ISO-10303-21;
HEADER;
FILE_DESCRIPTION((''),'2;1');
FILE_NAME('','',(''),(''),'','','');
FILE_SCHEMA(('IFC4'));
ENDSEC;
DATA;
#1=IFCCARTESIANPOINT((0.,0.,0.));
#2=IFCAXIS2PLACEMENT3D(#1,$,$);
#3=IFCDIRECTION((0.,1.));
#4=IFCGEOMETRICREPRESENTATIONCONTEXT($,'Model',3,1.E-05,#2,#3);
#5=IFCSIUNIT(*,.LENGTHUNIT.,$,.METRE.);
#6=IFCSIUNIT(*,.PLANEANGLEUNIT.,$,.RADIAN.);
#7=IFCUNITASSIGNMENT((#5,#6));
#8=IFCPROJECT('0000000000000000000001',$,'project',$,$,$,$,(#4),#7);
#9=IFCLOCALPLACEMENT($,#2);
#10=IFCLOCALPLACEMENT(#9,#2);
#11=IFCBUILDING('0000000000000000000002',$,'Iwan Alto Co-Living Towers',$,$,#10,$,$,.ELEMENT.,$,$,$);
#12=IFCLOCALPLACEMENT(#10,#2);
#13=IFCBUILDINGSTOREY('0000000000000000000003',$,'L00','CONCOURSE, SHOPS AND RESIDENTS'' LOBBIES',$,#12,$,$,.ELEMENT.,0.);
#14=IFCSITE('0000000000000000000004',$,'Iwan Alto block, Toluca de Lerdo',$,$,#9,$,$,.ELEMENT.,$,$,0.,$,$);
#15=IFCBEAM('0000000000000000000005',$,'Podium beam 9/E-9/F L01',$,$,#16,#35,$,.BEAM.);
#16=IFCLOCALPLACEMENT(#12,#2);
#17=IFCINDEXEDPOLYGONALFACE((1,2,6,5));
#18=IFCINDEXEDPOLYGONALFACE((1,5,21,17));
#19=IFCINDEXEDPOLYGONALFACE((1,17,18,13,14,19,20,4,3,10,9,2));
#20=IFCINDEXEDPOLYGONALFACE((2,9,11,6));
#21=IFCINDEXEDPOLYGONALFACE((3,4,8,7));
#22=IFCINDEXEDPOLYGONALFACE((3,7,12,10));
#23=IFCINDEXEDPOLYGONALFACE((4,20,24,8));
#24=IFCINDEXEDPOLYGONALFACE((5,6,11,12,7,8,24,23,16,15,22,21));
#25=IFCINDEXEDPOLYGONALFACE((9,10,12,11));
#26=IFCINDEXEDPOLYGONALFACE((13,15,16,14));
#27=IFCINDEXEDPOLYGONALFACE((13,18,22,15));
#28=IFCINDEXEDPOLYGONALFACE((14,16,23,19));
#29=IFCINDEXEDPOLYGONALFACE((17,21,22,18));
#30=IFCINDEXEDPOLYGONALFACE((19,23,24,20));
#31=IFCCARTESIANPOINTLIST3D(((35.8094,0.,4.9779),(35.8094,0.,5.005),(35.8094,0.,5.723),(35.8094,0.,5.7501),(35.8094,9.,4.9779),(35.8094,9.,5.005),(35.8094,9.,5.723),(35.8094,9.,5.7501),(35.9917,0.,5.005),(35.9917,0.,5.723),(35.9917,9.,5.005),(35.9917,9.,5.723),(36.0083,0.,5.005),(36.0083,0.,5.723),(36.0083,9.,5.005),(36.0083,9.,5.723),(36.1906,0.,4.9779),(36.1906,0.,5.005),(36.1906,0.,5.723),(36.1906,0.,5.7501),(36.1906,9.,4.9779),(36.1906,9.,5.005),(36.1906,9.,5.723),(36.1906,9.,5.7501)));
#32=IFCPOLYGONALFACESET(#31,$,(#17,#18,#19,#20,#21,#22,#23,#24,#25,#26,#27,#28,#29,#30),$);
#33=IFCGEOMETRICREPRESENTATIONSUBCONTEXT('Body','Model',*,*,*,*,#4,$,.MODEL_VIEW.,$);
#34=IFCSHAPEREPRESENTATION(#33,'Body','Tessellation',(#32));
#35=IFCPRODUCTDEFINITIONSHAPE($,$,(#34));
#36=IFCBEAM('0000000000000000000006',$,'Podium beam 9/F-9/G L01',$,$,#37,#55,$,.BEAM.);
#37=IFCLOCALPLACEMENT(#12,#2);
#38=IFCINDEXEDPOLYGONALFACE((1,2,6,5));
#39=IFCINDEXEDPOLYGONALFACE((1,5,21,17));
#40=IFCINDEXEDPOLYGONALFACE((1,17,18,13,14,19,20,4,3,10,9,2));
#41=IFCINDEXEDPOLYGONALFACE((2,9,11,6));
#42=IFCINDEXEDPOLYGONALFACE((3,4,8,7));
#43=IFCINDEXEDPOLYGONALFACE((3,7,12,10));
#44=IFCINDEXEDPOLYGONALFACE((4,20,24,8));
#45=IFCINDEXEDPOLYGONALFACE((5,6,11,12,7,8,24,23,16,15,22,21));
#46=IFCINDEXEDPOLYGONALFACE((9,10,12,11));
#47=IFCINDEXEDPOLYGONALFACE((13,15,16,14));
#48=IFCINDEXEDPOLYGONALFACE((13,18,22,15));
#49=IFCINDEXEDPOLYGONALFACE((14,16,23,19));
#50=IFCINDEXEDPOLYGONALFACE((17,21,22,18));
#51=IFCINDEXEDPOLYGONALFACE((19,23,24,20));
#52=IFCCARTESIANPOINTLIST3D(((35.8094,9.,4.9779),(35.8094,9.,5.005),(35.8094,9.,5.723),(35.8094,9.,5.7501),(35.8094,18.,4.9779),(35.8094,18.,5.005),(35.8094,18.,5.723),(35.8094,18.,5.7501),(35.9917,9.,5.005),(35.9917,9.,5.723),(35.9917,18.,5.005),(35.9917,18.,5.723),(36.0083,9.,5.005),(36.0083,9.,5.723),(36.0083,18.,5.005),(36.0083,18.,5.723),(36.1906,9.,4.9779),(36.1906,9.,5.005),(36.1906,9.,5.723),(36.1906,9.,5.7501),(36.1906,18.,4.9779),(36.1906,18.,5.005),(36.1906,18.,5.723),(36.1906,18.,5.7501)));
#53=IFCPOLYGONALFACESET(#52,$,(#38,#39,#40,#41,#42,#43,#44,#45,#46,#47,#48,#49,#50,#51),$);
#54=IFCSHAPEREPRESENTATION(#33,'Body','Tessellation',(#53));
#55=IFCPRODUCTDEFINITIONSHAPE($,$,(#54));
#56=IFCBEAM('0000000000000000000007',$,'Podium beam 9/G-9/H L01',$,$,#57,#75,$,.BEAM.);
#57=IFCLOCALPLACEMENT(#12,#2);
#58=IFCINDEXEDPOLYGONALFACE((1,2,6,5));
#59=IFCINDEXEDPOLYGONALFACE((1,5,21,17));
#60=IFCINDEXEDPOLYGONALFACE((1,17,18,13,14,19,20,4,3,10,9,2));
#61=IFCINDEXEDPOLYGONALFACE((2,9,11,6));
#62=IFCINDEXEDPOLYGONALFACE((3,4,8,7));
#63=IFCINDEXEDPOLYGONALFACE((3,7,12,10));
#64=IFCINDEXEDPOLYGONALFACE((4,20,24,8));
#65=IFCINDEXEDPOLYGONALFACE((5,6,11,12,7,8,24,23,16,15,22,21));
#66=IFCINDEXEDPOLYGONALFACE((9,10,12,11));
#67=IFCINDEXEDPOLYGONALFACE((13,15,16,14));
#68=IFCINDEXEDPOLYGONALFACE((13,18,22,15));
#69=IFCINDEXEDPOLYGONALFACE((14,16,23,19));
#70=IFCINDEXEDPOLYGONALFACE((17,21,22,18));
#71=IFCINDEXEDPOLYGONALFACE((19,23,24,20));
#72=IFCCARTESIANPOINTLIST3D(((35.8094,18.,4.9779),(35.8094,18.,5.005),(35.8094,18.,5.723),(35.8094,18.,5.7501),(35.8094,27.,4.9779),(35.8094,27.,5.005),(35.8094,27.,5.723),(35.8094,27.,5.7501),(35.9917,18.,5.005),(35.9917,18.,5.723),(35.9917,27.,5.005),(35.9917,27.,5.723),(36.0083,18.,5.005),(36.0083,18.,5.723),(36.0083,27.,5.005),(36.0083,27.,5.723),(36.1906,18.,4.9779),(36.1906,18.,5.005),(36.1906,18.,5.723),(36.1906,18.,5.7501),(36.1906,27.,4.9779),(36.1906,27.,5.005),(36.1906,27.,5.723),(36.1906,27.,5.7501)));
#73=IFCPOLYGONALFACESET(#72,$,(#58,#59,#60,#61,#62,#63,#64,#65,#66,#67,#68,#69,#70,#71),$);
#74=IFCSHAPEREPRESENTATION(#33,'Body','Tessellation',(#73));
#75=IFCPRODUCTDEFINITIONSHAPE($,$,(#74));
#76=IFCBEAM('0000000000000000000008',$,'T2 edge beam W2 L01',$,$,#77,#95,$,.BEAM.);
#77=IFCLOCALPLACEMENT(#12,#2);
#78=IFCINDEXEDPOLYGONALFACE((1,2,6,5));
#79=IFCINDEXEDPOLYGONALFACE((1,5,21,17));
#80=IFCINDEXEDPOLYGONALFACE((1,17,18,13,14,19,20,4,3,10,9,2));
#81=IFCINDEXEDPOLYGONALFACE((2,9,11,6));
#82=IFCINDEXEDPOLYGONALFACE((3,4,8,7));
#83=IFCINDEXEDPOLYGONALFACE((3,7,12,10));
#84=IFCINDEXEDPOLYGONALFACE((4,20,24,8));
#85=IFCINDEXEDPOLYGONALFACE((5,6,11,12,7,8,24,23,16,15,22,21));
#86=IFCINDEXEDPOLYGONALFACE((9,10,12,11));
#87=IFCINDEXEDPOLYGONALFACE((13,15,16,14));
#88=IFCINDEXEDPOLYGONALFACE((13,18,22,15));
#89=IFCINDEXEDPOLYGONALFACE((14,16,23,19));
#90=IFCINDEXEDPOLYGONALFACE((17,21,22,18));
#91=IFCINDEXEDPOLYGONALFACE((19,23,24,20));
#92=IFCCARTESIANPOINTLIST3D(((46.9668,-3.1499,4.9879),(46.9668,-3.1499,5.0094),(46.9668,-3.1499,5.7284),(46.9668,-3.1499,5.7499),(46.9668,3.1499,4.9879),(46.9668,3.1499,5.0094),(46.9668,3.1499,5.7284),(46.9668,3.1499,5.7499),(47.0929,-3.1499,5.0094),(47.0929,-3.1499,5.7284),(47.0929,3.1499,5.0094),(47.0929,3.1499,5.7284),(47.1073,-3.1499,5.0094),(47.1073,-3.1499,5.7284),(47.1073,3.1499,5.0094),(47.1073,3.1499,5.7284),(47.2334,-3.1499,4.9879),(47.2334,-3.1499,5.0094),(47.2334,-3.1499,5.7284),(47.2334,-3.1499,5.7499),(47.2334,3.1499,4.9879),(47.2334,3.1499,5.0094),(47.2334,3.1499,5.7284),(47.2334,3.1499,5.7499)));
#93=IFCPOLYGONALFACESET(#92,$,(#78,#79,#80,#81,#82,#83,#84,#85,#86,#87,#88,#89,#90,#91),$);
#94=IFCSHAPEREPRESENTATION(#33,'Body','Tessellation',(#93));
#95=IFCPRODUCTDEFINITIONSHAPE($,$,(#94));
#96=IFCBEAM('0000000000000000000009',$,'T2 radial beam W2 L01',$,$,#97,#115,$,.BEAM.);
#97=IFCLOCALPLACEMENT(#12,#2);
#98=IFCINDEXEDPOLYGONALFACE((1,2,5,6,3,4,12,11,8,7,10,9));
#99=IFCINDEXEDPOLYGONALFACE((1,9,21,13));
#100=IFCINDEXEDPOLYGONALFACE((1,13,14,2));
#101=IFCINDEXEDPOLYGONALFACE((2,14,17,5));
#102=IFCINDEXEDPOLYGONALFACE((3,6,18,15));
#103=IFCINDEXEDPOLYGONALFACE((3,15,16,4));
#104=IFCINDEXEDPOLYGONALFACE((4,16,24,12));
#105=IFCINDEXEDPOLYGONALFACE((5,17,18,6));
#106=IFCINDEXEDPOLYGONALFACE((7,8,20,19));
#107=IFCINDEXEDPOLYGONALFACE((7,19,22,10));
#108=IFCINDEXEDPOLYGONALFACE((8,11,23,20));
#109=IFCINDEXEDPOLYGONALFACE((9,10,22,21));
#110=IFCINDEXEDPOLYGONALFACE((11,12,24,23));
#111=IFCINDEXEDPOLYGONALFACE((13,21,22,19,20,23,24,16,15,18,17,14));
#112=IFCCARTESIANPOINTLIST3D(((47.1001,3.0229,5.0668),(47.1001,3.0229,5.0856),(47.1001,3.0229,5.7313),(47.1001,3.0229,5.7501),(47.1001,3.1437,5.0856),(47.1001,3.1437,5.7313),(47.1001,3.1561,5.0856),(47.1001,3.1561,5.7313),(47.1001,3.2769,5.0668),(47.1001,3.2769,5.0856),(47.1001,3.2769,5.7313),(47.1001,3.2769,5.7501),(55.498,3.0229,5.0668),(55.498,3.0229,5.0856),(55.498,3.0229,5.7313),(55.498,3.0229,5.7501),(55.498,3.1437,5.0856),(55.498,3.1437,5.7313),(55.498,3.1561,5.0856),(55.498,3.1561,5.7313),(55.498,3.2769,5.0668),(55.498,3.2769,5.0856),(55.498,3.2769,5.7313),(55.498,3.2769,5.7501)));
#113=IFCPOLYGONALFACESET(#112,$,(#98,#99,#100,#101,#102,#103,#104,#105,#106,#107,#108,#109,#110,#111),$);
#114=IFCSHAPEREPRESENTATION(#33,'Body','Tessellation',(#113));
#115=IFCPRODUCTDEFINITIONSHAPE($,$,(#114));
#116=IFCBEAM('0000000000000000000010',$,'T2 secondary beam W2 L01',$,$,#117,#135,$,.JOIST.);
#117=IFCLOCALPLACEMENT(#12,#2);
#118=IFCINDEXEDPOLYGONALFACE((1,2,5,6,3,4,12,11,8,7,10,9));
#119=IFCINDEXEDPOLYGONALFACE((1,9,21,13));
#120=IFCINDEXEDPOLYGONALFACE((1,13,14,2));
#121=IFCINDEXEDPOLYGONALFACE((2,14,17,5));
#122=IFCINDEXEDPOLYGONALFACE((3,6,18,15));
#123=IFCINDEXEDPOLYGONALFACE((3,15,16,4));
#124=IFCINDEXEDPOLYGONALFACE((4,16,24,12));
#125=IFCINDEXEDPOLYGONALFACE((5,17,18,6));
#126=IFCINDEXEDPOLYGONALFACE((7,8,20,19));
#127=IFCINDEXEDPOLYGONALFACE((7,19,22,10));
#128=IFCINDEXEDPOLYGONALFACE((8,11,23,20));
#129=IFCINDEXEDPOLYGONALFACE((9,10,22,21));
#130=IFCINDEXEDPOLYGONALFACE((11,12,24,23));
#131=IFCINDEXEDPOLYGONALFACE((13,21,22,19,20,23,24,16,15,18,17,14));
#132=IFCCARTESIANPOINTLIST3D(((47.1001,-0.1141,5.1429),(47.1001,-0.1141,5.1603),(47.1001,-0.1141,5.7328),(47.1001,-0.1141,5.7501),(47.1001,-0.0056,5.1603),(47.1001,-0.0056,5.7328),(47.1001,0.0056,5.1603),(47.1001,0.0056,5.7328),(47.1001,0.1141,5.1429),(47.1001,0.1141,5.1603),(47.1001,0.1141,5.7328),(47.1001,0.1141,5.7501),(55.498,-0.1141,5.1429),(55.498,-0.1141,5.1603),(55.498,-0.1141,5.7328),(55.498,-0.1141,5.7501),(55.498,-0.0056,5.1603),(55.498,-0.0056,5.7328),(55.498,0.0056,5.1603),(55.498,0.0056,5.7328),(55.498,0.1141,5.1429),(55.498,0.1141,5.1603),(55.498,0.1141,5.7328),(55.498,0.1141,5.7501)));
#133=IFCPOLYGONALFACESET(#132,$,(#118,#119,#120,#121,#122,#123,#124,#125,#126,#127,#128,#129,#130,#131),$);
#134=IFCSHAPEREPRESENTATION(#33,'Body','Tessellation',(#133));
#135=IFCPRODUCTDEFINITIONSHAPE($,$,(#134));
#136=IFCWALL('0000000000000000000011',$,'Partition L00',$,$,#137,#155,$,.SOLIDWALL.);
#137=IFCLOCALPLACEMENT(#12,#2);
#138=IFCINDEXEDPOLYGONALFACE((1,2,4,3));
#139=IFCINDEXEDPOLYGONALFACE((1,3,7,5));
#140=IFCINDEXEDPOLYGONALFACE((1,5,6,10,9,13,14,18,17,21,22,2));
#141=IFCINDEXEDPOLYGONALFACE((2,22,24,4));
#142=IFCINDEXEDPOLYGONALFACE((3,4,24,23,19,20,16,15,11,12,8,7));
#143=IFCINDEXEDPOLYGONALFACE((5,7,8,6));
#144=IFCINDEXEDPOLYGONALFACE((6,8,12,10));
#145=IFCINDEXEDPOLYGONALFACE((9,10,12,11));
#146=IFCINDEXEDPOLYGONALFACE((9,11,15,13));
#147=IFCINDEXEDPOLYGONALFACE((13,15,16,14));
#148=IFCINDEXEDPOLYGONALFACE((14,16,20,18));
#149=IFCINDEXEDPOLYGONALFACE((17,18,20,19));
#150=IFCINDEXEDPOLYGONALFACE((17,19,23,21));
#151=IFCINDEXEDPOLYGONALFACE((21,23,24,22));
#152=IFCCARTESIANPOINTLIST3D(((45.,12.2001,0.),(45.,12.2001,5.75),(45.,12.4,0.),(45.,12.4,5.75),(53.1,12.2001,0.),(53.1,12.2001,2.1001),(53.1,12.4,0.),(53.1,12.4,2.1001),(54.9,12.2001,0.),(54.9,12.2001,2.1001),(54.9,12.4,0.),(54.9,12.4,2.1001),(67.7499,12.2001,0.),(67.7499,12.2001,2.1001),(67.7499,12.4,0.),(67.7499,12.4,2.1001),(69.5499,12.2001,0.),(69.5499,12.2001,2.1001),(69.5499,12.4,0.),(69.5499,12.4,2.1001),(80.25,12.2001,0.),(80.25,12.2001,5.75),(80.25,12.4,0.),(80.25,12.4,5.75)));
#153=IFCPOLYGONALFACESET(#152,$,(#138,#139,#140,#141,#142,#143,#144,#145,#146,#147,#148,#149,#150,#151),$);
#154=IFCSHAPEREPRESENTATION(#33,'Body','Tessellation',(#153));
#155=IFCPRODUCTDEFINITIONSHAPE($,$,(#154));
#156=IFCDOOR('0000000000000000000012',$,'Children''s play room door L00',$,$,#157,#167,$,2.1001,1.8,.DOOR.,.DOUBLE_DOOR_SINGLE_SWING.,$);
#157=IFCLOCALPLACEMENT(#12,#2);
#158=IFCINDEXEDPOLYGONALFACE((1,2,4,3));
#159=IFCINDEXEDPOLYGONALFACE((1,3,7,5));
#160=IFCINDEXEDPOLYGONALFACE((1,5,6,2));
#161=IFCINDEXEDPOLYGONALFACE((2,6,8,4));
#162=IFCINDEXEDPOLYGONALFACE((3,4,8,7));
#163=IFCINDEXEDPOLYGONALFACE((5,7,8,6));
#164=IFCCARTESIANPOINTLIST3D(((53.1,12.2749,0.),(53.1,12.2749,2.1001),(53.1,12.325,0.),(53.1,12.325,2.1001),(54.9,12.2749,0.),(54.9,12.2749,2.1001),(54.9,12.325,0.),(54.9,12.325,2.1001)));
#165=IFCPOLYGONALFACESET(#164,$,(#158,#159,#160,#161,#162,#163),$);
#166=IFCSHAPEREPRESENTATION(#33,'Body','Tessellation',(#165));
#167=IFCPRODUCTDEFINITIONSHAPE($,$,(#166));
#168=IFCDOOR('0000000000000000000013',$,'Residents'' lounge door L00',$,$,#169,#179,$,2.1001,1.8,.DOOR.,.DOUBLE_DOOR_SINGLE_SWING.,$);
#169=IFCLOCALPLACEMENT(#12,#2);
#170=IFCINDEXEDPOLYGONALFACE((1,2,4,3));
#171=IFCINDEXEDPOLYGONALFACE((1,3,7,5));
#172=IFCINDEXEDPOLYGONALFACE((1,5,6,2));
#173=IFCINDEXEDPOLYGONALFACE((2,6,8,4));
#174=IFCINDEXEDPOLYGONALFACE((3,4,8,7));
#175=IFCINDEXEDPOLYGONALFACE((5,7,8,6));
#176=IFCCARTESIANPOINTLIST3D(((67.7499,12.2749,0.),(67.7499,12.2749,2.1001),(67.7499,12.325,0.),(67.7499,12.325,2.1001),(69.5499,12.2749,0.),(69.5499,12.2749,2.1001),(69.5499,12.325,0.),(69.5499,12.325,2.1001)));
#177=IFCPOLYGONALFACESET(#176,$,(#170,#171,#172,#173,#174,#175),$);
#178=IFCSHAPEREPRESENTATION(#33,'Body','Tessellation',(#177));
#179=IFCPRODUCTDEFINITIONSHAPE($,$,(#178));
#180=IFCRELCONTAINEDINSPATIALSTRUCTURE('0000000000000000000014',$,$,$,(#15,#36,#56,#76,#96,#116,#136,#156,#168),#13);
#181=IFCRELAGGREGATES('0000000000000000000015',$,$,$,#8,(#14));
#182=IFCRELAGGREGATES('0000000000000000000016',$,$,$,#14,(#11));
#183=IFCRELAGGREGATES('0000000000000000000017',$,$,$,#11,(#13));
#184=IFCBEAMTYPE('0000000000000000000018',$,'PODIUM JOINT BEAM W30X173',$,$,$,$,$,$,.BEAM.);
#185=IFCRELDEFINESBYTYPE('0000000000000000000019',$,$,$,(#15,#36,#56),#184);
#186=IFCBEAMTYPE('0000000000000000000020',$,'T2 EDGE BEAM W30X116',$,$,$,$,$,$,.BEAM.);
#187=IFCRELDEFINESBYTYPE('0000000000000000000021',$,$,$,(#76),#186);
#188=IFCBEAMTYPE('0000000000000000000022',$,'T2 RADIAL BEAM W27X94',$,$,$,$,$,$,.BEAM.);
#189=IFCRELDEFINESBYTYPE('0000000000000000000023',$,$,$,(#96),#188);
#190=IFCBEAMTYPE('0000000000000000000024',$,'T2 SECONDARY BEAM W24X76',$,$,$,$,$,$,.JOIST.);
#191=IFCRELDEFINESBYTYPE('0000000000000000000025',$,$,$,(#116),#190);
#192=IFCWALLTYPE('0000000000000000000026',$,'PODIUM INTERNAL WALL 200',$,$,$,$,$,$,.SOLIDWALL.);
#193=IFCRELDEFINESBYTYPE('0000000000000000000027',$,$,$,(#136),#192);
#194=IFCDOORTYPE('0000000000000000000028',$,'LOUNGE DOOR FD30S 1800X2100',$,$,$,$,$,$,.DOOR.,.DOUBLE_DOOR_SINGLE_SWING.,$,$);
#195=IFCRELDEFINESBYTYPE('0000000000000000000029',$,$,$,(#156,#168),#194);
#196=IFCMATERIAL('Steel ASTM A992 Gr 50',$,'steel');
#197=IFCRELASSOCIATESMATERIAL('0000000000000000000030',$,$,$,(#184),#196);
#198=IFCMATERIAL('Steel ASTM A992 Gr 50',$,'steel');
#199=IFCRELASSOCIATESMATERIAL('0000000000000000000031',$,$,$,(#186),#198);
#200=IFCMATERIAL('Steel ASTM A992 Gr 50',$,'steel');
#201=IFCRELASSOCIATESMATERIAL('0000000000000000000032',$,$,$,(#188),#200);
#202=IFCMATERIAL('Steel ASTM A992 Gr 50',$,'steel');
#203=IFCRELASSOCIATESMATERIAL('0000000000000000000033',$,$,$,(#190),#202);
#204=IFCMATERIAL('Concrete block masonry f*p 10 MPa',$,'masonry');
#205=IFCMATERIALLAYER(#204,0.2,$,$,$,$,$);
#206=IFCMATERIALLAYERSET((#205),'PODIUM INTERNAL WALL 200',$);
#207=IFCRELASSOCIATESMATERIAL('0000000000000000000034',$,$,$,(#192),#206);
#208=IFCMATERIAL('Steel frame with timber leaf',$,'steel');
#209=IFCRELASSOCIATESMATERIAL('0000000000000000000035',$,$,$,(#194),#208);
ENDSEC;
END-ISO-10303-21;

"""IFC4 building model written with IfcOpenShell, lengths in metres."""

from ifc_helpers import new_model, si_unit, direction, frame, frame_2d, origin, origin_2d, place, context, subcontext, project, spatial, rectangle, i_section, extrude, material, layer, layer_set, material_profile, profile_set, type_object, element, fill, save


model = new_model("IFC4")

# Units and contexts
model_context = context("Model", 3, precision=1e-05, world=origin(), true_north=direction((0.0, 1.0)))
body_context = subcontext(model_context, "Body", "Model", "MODEL_VIEW")
ifc_project = project(units=[si_unit("LENGTHUNIT", "METRE"), si_unit("PLANEANGLEUNIT", "RADIAN")], contexts=[model_context])

# Site, building, storey
site_placement = place(None, origin())
site = spatial("IfcSite", under=ifc_project, at=site_placement, Name="Iwan Alto block, Toluca de Lerdo", CompositionType="ELEMENT", RefElevation=0.0)
building_placement = place(site_placement, origin())
building = spatial("IfcBuilding", under=site, at=building_placement, Name="Iwan Alto Co-Living Towers", CompositionType="ELEMENT")
storey_placement = place(building_placement, origin())
storey = spatial("IfcBuildingStorey", under=building, at=storey_placement, Name="L00", Description="CONCOURSE, SHOPS AND RESIDENTS' LOBBIES", CompositionType="ELEMENT", Elevation=0.0)

# Beams
ifc_material_1 = material(Name="Steel ASTM A992 Gr 50", Category="steel")
ifc_material_profile_1 = material_profile(ifc_material_1, i_section(OverallWidth=0.3811, OverallDepth=0.7722, WebThickness=0.0166, FlangeThickness=0.0271, at=origin_2d()), Name="W30X173")
ifc_profile_set_1 = profile_set([ifc_material_profile_1], Name="Steel ASTM A992 Gr 50")
beam_type_1 = type_object("IfcBeamType", Name="PODIUM JOINT BEAM W30X173", PredefinedType="BEAM", material=ifc_profile_set_1)
for number, where, z_axis, x_axis, name in (
    (1, (36.0, 0.0, 5.364), (0.0, 1.0, 0.0), (-1.0, 0.0, 0.0), "Podium beam 9/E-9/F L01"),
    (2, (36.0, 9.0, 5.364), (0.0, 1.0, 0.0), (-1.0, 0.0, 0.0), "Podium beam 9/F-9/G L01"),
    (3, (36.0, 18.0, 5.364), (0.0, 1.0, 0.0), (-1.0, 0.0, 0.0), "Podium beam 9/G-9/H L01"),
):
    element("IfcBeam", number, at=place(storey_placement, frame(where, z_axis=z_axis, x_axis=x_axis)), inside=storey, type_object=beam_type_1, Name=name, PredefinedType="BEAM", context=body_context, shape_type="SweptSolid", body=[
        extrude(i_section(OverallWidth=0.3811, OverallDepth=0.7722, WebThickness=0.0166, FlangeThickness=0.0271, at=origin_2d()), origin(), (0.0, 0.0, 1.0), 9.0),
    ])
ifc_material_2 = material(Name="Steel ASTM A992 Gr 50", Category="steel")
ifc_material_profile_2 = material_profile(ifc_material_2, i_section(OverallWidth=0.2666, OverallDepth=0.762, WebThickness=0.0144, FlangeThickness=0.0215, at=origin_2d()), Name="W30X116")
ifc_profile_set_2 = profile_set([ifc_material_profile_2], Name="Steel ASTM A992 Gr 50")
beam_type_2 = type_object("IfcBeamType", Name="T2 EDGE BEAM W30X116", PredefinedType="BEAM", material=ifc_profile_set_2)
beam_1_placement = place(storey_placement, frame((47.1001, 3.1499, 5.3689), z_axis=(0.0, -1.0, 0.0), x_axis=(1.0, 0.0, 0.0)))
element("IfcBeam", 4, at=beam_1_placement, inside=storey, type_object=beam_type_2, Name="T2 edge beam W2 L01", PredefinedType="BEAM", context=body_context, shape_type="SweptSolid", body=[
    extrude(i_section(OverallWidth=0.2666, OverallDepth=0.762, WebThickness=0.0144, FlangeThickness=0.0215, at=origin_2d()), origin(), (0.0, 0.0, 1.0), 6.2998),
])
ifc_material_3 = material(Name="Steel ASTM A992 Gr 50", Category="steel")
ifc_material_profile_3 = material_profile(ifc_material_3, i_section(OverallWidth=0.2539, OverallDepth=0.6833, WebThickness=0.0125, FlangeThickness=0.0188, at=origin_2d()), Name="W27X94")
ifc_profile_set_3 = profile_set([ifc_material_profile_3], Name="Steel ASTM A992 Gr 50")
beam_type_3 = type_object("IfcBeamType", Name="T2 RADIAL BEAM W27X94", PredefinedType="BEAM", material=ifc_profile_set_3)
beam_2_placement = place(storey_placement, frame((47.1001, 3.1499, 5.4084), z_axis=(1.0, 0.0, 0.0), x_axis=(0.0, 1.0, 0.0)))
element("IfcBeam", 5, at=beam_2_placement, inside=storey, type_object=beam_type_3, Name="T2 radial beam W2 L01", PredefinedType="BEAM", context=body_context, shape_type="SweptSolid", body=[
    extrude(i_section(OverallWidth=0.2539, OverallDepth=0.6833, WebThickness=0.0125, FlangeThickness=0.0188, at=origin_2d()), origin(), (0.0, 0.0, 1.0), 8.3979),
])
ifc_material_4 = material(Name="Steel ASTM A992 Gr 50", Category="steel")
ifc_material_profile_4 = material_profile(ifc_material_4, i_section(OverallWidth=0.2283, OverallDepth=0.6072, WebThickness=0.0112, FlangeThickness=0.0173, at=origin_2d()), Name="W24X76")
ifc_profile_set_4 = profile_set([ifc_material_profile_4], Name="Steel ASTM A992 Gr 50")
beam_type_4 = type_object("IfcBeamType", Name="T2 SECONDARY BEAM W24X76", PredefinedType="JOIST", material=ifc_profile_set_4)
beam_3_placement = place(storey_placement, frame((47.1001, 0.0, 5.4465), z_axis=(1.0, 0.0, 0.0), x_axis=(0.0, 1.0, 0.0)))
element("IfcBeam", 6, at=beam_3_placement, inside=storey, type_object=beam_type_4, Name="T2 secondary beam W2 L01", PredefinedType="JOIST", context=body_context, shape_type="SweptSolid", body=[
    extrude(i_section(OverallWidth=0.2283, OverallDepth=0.6072, WebThickness=0.0112, FlangeThickness=0.0173, at=origin_2d()), origin(), (0.0, 0.0, 1.0), 8.3979),
])

# Wall, openings, doors
ifc_material_5 = material(Name="Concrete block masonry f*p 10 MPa", Category="masonry")
ifc_layer = layer(ifc_material_5, 0.2)
ifc_layer_set = layer_set([ifc_layer], Name="PODIUM INTERNAL WALL 200")
wall_type = type_object("IfcWallType", Name="PODIUM INTERNAL WALL 200", PredefinedType="SOLIDWALL", material=ifc_layer_set)
wall_placement = place(storey_placement, frame((45.0, 12.3, 0.0), z_axis=(0.0, 0.0, 1.0), x_axis=(1.0, 0.0, 0.0)))
wall = element("IfcWall", 7, at=wall_placement, inside=storey, type_object=wall_type, Name="Partition L00", PredefinedType="SOLIDWALL", context=body_context, shape_type="SweptSolid", body=[
    extrude(rectangle(XDim=35.25, YDim=0.2, at=frame_2d((17.625, 0.0))), origin(), (0.0, 0.0, 1.0), 5.75),
])
opening_1_placement = place(wall_placement, frame((8.1001, 0.0, 0.0)))
opening_1 = element("IfcOpeningElement", 8, at=opening_1_placement, cuts=wall, PredefinedType="OPENING", context=body_context, shape_type="SweptSolid", body=[
    extrude(rectangle(XDim=1.8, YDim=2.1001, at=frame_2d((0.8999, 1.05))), frame((0.0, 0.1099, 0.0), z_axis=(0.0, -1.0, 0.0), x_axis=(1.0, 0.0, 0.0)), (0.0, 0.0, 1.0), 0.22),
])
opening_2_placement = place(wall_placement, frame((22.75, 0.0, 0.0)))
opening_2 = element("IfcOpeningElement", 9, at=opening_2_placement, cuts=wall, PredefinedType="OPENING", context=body_context, shape_type="SweptSolid", body=[
    extrude(rectangle(XDim=1.8, YDim=2.1001, at=frame_2d((0.8999, 1.05))), frame((0.0, 0.1099, 0.0), z_axis=(0.0, -1.0, 0.0), x_axis=(1.0, 0.0, 0.0)), (0.0, 0.0, 1.0), 0.22),
])
ifc_material_6 = material(Name="Steel frame with timber leaf", Category="steel")
door_type = type_object("IfcDoorType", Name="LOUNGE DOOR FD30S 1800X2100", OperationType="DOUBLE_DOOR_SINGLE_SWING", PredefinedType="DOOR", material=ifc_material_6)
door_1_placement = place(opening_1_placement, origin())
door_1 = element("IfcDoor", 10, at=door_1_placement, inside=storey, type_object=door_type, Name="Children's play room door L00", OperationType="DOUBLE_DOOR_SINGLE_SWING", OverallHeight=2.1001, OverallWidth=1.8, PredefinedType="DOOR", context=body_context, shape_type="SweptSolid", body=[
    extrude(rectangle(XDim=1.8, YDim=2.1001, at=frame_2d((0.8999, 1.05))), frame((0.0, 0.0249, 0.0), z_axis=(0.0, -1.0, 0.0), x_axis=(1.0, 0.0, 0.0)), (0.0, 0.0, 1.0), 0.05),
])
fill(opening_1, door_1)
door_2_placement = place(opening_2_placement, origin())
door_2 = element("IfcDoor", 11, at=door_2_placement, inside=storey, type_object=door_type, Name="Residents' lounge door L00", OperationType="DOUBLE_DOOR_SINGLE_SWING", OverallHeight=2.1001, OverallWidth=1.8, PredefinedType="DOOR", context=body_context, shape_type="SweptSolid", body=[
    extrude(rectangle(XDim=1.8, YDim=2.1001, at=frame_2d((0.8999, 1.05))), frame((0.0, 0.0249, 0.0), z_axis=(0.0, -1.0, 0.0), x_axis=(1.0, 0.0, 0.0)), (0.0, 0.0, 1.0), 0.05),
])
fill(opening_2, door_2)

save(model, "model.ifc")
